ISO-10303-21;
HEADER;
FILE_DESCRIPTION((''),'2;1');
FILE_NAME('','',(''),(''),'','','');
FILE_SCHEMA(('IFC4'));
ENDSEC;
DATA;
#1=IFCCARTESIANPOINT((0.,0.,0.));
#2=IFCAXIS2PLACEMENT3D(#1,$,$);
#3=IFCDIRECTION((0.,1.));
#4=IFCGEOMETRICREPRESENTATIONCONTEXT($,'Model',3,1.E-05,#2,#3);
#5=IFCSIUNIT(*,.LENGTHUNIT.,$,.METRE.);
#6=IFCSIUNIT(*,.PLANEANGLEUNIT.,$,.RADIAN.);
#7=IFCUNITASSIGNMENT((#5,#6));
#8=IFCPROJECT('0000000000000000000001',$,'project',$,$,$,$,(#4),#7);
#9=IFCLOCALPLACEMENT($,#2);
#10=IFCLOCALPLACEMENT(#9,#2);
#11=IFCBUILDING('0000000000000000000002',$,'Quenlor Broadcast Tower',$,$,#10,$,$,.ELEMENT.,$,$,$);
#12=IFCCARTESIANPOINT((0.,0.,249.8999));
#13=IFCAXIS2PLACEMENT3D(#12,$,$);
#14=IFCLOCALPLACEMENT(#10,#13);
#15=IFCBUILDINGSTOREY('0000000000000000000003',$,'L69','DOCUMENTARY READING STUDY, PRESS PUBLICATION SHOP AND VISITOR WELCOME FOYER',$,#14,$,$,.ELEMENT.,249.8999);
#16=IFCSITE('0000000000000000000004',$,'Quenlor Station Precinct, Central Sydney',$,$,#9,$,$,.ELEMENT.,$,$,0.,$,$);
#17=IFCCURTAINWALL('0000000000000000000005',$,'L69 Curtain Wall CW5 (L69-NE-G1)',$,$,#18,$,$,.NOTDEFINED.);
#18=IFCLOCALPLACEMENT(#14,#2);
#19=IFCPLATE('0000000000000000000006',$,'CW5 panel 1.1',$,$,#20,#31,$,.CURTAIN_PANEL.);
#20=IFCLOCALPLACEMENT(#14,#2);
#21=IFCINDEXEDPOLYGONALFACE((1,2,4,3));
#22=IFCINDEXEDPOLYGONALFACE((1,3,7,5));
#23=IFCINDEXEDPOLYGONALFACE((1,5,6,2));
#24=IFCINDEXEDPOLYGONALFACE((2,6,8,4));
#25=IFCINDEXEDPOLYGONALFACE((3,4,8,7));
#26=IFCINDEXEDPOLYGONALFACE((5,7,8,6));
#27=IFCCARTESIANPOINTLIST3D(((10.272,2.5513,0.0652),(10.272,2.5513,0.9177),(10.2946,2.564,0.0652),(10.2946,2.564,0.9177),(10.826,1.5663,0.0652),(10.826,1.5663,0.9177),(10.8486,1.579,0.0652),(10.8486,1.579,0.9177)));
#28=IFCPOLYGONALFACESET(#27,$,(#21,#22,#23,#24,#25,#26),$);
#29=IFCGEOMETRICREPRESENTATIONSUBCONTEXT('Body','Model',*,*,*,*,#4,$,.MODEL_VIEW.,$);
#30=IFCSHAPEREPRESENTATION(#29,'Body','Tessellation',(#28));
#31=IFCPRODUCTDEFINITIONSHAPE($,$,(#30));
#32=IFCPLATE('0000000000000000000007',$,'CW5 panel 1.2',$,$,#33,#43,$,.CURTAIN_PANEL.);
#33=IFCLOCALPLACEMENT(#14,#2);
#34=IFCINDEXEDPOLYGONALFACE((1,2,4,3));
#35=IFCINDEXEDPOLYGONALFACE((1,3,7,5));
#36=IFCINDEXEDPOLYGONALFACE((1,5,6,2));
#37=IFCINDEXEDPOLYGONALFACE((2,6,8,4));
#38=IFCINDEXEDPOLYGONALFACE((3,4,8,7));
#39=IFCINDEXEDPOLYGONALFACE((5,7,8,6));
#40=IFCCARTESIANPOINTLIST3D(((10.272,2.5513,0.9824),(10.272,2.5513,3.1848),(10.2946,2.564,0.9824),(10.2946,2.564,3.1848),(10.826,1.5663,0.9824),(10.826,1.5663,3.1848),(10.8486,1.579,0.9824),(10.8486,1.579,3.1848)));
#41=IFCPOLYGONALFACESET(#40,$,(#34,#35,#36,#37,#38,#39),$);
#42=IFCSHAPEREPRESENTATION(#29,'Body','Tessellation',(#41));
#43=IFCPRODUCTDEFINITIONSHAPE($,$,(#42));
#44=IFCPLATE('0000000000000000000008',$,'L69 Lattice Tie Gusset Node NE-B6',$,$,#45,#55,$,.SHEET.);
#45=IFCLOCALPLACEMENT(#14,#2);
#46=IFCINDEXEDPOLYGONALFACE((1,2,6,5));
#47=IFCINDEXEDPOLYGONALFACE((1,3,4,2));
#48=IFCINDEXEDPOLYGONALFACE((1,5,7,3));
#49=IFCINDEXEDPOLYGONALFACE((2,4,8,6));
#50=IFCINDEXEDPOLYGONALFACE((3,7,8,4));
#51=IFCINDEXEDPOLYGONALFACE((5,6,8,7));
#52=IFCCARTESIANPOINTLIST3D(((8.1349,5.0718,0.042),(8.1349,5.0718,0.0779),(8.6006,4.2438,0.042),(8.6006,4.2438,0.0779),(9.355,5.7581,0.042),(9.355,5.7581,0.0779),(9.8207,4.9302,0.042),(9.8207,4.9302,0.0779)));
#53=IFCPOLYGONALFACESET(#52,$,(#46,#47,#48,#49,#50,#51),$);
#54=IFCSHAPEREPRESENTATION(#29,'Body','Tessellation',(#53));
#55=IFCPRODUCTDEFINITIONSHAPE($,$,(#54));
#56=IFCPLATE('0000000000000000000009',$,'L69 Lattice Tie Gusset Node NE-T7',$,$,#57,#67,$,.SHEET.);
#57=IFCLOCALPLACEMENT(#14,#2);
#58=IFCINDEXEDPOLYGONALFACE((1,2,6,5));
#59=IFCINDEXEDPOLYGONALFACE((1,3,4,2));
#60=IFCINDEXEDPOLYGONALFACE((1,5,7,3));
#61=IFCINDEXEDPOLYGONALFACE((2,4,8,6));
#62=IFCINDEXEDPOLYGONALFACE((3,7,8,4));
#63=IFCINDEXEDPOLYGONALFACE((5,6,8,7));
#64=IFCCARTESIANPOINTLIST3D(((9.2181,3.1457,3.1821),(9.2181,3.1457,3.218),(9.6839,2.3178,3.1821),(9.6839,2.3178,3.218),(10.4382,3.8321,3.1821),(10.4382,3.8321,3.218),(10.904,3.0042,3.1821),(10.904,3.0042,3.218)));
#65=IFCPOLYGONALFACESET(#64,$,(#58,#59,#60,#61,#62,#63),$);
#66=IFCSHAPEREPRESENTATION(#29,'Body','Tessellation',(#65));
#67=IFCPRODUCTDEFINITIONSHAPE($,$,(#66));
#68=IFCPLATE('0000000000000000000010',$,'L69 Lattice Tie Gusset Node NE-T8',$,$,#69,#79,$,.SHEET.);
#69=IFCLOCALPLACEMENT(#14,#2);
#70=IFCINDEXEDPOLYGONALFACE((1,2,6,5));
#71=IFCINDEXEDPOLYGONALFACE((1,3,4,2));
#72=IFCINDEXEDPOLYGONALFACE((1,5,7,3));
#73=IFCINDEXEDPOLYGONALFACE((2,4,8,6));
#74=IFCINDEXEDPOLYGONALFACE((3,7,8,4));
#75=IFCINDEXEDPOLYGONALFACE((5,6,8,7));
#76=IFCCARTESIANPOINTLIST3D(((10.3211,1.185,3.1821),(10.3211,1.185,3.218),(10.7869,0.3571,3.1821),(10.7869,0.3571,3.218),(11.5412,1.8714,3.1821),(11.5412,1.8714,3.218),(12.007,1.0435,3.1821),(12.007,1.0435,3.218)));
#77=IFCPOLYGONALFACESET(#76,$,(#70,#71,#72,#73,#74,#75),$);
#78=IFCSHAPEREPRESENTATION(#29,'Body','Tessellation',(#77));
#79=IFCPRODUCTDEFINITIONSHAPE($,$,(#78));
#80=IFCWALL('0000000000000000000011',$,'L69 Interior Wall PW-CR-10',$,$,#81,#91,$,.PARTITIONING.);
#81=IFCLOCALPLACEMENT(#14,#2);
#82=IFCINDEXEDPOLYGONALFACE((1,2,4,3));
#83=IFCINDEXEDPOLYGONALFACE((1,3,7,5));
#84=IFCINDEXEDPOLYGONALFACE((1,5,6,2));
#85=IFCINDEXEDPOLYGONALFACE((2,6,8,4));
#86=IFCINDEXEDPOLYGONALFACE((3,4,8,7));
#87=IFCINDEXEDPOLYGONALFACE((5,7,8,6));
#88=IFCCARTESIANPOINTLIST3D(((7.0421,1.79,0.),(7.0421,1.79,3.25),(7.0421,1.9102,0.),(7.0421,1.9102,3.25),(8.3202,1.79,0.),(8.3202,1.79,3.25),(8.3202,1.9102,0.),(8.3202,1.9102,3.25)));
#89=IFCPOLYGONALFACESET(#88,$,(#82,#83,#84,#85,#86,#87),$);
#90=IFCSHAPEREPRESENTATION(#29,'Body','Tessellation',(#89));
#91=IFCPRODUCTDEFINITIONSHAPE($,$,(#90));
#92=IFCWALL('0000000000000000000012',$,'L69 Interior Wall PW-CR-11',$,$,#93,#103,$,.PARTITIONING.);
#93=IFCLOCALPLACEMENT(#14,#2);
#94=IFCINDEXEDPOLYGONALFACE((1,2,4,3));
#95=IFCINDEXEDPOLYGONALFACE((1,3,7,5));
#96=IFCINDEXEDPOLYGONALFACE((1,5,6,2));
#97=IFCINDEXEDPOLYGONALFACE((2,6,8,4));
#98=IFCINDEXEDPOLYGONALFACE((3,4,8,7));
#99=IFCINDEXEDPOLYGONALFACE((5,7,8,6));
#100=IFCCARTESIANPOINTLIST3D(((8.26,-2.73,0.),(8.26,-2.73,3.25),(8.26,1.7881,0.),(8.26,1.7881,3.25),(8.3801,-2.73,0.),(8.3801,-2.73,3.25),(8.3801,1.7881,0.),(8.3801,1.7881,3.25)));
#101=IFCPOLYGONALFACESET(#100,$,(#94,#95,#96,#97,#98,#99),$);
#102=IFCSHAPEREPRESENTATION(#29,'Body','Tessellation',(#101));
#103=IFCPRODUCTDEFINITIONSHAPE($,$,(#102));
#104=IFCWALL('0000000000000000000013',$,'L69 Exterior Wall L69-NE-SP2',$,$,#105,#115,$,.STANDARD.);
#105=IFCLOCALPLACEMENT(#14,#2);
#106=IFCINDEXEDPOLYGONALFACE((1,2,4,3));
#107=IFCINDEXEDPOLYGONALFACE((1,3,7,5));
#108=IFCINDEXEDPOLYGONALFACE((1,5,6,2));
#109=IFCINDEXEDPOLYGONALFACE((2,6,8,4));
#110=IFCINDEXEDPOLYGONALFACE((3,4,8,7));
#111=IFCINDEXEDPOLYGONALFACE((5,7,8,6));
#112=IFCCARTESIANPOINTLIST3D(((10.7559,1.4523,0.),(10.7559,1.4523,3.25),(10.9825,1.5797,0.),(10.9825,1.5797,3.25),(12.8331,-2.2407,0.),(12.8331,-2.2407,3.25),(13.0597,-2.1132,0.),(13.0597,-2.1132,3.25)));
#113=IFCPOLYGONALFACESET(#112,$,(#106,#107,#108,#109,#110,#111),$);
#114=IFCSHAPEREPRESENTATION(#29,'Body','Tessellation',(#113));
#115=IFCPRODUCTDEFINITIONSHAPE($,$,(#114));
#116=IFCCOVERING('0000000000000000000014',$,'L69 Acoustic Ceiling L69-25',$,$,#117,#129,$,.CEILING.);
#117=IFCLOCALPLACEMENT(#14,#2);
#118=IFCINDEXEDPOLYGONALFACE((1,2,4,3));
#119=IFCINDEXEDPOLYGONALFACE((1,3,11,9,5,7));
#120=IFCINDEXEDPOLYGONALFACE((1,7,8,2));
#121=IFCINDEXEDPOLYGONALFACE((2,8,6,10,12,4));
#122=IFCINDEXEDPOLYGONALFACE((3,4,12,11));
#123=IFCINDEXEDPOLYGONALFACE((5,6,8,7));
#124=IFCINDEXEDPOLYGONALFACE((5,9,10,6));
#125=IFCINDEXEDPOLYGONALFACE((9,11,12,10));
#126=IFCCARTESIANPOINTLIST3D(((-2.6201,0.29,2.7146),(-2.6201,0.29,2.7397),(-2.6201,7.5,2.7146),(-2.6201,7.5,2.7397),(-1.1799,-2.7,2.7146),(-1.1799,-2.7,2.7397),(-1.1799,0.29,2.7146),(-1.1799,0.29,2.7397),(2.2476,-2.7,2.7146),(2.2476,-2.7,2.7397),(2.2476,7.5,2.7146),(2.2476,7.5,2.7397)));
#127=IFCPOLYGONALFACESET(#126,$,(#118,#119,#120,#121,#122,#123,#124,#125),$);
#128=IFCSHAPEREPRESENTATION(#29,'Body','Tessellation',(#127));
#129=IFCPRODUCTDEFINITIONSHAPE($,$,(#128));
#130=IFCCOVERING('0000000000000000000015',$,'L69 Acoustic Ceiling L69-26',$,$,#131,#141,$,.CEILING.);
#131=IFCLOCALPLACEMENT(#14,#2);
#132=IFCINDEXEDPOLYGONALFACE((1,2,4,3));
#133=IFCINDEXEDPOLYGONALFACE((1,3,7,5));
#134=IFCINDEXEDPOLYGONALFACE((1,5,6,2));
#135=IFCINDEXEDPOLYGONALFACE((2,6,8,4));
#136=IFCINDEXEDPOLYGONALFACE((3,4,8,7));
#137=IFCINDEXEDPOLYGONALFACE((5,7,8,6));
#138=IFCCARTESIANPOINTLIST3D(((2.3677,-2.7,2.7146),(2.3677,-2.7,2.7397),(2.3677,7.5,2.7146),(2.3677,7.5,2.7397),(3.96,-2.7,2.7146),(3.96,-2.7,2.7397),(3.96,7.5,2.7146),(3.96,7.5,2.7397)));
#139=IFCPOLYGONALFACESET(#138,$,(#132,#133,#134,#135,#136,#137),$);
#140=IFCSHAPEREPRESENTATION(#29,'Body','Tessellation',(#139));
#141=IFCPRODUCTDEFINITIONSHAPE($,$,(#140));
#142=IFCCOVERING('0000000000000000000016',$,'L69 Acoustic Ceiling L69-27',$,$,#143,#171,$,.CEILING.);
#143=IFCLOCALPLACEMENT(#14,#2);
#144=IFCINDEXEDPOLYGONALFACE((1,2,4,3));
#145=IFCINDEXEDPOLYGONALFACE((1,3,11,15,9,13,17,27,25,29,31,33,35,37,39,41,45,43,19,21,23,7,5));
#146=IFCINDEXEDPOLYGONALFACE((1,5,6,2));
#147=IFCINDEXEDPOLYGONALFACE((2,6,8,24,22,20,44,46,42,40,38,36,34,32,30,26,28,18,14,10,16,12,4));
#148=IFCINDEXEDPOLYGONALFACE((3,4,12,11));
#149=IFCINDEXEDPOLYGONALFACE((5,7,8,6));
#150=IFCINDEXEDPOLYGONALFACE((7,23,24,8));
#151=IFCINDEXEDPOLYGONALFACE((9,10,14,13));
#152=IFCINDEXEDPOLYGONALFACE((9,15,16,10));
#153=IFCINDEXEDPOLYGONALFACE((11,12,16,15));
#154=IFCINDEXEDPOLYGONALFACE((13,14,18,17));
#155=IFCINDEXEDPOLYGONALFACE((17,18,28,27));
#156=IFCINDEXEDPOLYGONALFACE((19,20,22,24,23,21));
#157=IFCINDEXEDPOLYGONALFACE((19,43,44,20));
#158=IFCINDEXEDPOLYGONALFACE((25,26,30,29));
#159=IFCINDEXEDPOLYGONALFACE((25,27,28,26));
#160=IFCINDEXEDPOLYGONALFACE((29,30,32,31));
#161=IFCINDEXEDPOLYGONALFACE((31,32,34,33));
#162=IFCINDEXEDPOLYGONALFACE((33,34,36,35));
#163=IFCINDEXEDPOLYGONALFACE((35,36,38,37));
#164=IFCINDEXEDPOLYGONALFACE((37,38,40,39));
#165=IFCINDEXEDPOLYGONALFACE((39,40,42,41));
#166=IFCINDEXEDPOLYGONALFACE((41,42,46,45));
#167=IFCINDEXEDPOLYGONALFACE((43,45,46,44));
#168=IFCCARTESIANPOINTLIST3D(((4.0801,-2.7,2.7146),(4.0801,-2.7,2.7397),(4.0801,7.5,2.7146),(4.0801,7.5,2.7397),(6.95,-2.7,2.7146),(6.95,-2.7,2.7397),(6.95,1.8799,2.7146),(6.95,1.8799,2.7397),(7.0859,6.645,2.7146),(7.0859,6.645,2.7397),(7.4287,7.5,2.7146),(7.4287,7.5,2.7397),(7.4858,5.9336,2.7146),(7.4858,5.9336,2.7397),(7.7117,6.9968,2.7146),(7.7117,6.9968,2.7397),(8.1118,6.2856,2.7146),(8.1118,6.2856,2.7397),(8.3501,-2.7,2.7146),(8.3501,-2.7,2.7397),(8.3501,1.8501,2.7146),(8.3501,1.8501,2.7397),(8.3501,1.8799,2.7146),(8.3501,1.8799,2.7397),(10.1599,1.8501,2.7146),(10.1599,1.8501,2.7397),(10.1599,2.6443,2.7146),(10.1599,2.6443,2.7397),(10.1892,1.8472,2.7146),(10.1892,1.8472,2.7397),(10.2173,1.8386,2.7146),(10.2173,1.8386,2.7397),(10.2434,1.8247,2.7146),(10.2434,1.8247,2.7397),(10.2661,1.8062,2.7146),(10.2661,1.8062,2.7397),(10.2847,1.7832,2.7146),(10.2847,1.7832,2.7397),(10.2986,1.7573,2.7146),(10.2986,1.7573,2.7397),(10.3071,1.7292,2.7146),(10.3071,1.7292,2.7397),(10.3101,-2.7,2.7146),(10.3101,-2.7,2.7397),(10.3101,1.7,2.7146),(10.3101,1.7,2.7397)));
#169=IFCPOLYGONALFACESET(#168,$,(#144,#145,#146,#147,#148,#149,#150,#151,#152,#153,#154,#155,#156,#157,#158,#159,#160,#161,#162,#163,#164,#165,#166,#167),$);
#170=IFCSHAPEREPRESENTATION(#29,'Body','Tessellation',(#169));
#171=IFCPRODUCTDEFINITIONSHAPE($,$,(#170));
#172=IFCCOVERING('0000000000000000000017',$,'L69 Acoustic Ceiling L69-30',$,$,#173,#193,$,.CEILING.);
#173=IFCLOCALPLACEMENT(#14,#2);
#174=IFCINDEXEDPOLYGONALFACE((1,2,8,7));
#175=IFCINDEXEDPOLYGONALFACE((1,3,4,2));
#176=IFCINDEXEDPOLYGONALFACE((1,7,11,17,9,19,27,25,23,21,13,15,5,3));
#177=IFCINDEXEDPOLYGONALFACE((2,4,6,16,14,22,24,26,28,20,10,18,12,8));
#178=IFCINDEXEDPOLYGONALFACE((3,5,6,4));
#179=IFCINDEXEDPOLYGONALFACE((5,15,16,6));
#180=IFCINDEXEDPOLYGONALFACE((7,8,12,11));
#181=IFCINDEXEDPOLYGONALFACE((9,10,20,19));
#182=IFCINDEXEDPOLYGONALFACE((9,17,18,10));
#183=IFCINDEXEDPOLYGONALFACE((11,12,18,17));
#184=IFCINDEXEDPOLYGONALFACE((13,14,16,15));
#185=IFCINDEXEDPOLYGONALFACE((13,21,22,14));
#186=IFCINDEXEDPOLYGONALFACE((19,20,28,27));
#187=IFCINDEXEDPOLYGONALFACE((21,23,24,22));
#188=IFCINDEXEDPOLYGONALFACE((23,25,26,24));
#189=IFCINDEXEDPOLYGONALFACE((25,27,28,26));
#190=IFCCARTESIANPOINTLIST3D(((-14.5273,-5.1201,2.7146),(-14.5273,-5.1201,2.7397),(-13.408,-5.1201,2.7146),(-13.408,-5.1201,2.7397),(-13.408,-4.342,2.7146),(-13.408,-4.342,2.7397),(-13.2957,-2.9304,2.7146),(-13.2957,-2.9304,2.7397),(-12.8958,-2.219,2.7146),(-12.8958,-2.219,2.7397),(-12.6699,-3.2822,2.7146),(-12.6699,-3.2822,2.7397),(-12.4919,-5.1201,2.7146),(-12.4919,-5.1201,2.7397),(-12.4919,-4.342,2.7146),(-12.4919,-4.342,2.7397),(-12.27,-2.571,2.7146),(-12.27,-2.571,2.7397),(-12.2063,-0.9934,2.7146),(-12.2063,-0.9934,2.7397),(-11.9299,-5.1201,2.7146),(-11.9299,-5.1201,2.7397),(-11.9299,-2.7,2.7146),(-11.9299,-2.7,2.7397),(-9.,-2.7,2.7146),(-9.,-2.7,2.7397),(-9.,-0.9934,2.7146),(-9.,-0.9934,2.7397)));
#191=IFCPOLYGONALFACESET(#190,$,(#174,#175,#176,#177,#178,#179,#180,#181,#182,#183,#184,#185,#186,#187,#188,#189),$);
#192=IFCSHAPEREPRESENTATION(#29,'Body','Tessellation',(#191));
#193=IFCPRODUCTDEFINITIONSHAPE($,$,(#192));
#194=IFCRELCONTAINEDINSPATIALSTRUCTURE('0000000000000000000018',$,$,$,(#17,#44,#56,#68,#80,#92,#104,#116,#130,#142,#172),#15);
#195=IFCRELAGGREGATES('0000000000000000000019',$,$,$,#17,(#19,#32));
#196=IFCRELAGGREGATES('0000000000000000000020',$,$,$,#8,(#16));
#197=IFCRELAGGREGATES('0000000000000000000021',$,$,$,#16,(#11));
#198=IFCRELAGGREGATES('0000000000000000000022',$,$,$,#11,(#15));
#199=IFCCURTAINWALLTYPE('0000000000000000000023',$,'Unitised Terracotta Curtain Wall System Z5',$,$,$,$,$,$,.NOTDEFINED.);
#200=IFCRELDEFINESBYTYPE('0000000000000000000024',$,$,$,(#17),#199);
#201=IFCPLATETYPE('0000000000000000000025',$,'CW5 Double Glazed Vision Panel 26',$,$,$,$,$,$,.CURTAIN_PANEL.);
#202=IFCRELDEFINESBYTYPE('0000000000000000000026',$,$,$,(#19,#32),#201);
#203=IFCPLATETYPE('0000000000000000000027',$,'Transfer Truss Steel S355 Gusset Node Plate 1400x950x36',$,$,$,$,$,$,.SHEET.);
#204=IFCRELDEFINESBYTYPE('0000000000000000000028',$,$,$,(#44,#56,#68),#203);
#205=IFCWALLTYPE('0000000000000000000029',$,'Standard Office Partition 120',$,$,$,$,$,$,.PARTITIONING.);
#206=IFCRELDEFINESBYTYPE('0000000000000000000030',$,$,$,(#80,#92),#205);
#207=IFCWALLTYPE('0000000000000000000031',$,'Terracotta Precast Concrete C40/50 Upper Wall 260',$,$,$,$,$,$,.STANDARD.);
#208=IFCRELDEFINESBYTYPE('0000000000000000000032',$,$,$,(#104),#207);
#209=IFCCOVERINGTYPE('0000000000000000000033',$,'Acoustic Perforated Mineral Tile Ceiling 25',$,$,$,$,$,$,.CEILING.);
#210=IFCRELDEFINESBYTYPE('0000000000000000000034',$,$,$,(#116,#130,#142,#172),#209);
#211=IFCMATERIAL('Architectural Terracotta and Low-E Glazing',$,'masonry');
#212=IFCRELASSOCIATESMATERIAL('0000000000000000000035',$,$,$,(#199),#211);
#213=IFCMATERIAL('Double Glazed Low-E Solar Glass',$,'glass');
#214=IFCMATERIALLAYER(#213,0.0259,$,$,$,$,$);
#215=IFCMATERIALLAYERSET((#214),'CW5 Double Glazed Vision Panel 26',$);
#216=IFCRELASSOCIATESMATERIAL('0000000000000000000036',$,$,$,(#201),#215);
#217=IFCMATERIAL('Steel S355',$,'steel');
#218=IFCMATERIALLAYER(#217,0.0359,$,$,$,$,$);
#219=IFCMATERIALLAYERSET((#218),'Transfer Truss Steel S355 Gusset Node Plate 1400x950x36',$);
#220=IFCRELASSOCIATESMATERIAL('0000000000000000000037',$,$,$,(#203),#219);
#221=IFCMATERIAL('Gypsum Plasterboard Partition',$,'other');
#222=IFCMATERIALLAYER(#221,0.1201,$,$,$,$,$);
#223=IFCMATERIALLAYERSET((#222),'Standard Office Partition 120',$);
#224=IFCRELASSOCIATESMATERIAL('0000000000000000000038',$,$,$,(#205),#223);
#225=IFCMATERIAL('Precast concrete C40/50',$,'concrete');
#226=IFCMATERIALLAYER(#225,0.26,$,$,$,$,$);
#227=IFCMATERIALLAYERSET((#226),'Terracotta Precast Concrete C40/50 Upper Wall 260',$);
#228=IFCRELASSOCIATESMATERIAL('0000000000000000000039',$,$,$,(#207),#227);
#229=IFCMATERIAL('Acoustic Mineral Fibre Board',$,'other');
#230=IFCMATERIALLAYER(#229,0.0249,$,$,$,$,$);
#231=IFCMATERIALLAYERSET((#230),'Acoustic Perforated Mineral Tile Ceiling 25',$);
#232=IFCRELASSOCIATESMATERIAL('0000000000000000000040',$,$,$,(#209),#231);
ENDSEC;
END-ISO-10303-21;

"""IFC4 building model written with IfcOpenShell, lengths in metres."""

from ifc_helpers import new_model, si_unit, direction, frame, frame_2d, origin, origin_2d, place, context, subcontext, project, spatial, polyline, rectangle, outline, extrude, material, layer, layer_set, type_object, element, aggregate, save


model = new_model("IFC4")

# Units and contexts
model_context = context("Model", 3, precision=1e-05, world=origin(), true_north=direction((0.0, 1.0)))
body_context = subcontext(model_context, "Body", "Model", "MODEL_VIEW")
ifc_project = project(units=[si_unit("LENGTHUNIT", "METRE"), si_unit("PLANEANGLEUNIT", "RADIAN")], contexts=[model_context])

# Site, building, storey
site_placement = place(None, origin())
site = spatial("IfcSite", under=ifc_project, at=site_placement, Name="Quenlor Station Precinct, Central Sydney", CompositionType="ELEMENT", RefElevation=0.0)
building_placement = place(site_placement, origin())
building = spatial("IfcBuilding", under=site, at=building_placement, Name="Quenlor Broadcast Tower", CompositionType="ELEMENT")
storey_placement = place(building_placement, frame((0.0, 0.0, 249.8999)))
storey = spatial("IfcBuildingStorey", under=building, at=storey_placement, Name="L69", Description="DOCUMENTARY READING STUDY, PRESS PUBLICATION SHOP AND VISITOR WELCOME FOYER", CompositionType="ELEMENT", Elevation=249.8999)

# Curtain wall
ifc_material_1 = material(Name="Architectural Terracotta and Low-E Glazing", Category="masonry")
curtain_wall_type = type_object("IfcCurtainWallType", Name="Unitised Terracotta Curtain Wall System Z5", PredefinedType="NOTDEFINED", material=ifc_material_1)
curtain_wall_placement = place(storey_placement, origin())
curtain_wall = element("IfcCurtainWall", 1, at=curtain_wall_placement, inside=storey, type_object=curtain_wall_type, Name="L69 Curtain Wall CW5 (L69-NE-G1)", PredefinedType="NOTDEFINED")

# Plates
ifc_material_2 = material(Name="Double Glazed Low-E Solar Glass", Category="glass")
ifc_layer_1 = layer(ifc_material_2, 0.0259)
ifc_layer_set_1 = layer_set([ifc_layer_1], Name="CW5 Double Glazed Vision Panel 26")
plate_type_1 = type_object("IfcPlateType", Name="CW5 Double Glazed Vision Panel 26", PredefinedType="CURTAIN_PANEL", material=ifc_layer_set_1)
plate_1_placement = place(storey_placement, frame((10.5603, 2.0652, 0.0652), z_axis=(0.0, 0.0, 1.0), x_axis=(0.490231, -0.871592, 0.0)))
plate_1 = element("IfcPlate", 2, at=plate_1_placement, type_object=plate_type_1, Name="CW5 panel 1.1", PredefinedType="CURTAIN_PANEL", context=body_context, shape_type="SweptSolid", body=[
    extrude(rectangle(XDim=1.1301, YDim=0.0259, at=origin_2d()), origin(), (0.0, 0.0, 1.0), 0.8525),
])
plate_2_placement = place(storey_placement, frame((10.5603, 2.0652, 0.9824), z_axis=(0.0, 0.0, 1.0), x_axis=(0.490231, -0.871592, 0.0)))
plate_2 = element("IfcPlate", 3, at=plate_2_placement, type_object=plate_type_1, Name="CW5 panel 1.2", PredefinedType="CURTAIN_PANEL", context=body_context, shape_type="SweptSolid", body=[
    extrude(rectangle(XDim=1.1301, YDim=0.0259, at=origin_2d()), origin(), (0.0, 0.0, 1.0), 2.2024),
])
aggregate(curtain_wall, [plate_1, plate_2])

# Plates
ifc_material_3 = material(Name="Steel S355", Category="steel")
ifc_layer_2 = layer(ifc_material_3, 0.0359)
ifc_layer_set_2 = layer_set([ifc_layer_2], Name="Transfer Truss Steel S355 Gusset Node Plate 1400x950x36")
plate_type_2 = type_object("IfcPlateType", Name="Transfer Truss Steel S355 Gusset Node Plate 1400x950x36", PredefinedType="SHEET", material=ifc_layer_set_2)
for number, where, z_axis, x_axis, name in (
    (4, (8.9778, 5.001, 0.042), (0.0, 0.0, 1.0), (0.871556, 0.490295, 0.0), "L69 Lattice Tie Gusset Node NE-B6"),
    (5, (10.061, 3.075, 3.1821), (0.0, 0.0, 1.0), (0.871556, 0.490295, 0.0), "L69 Lattice Tie Gusset Node NE-T7"),
    (6, (11.1641, 1.1143, 3.1821), (0.0, 0.0, 1.0), (0.871556, 0.490295, 0.0), "L69 Lattice Tie Gusset Node NE-T8"),
):
    element("IfcPlate", number, at=place(storey_placement, frame(where, z_axis=z_axis, x_axis=x_axis)), inside=storey, type_object=plate_type_2, Name=name, PredefinedType="SHEET", context=body_context, shape_type="SweptSolid", body=[
        extrude(rectangle(XDim=1.3999, YDim=0.95, at=origin_2d()), origin(), (0.0, 0.0, 1.0), 0.0359),
    ])

# Walls
ifc_material_4 = material(Name="Gypsum Plasterboard Partition", Category="other")
ifc_layer_3 = layer(ifc_material_4, 0.1201)
ifc_layer_set_3 = layer_set([ifc_layer_3], Name="Standard Office Partition 120")
wall_type_1 = type_object("IfcWallType", Name="Standard Office Partition 120", PredefinedType="PARTITIONING", material=ifc_layer_set_3)
wall_1_placement = place(storey_placement, frame((7.042, 1.8501, 0.0), z_axis=(0.0, 0.0, 1.0), x_axis=(1.0, 0.0, 0.0)))
element("IfcWall", 7, at=wall_1_placement, inside=storey, type_object=wall_type_1, Name="L69 Interior Wall PW-CR-10", PredefinedType="PARTITIONING", context=body_context, shape_type="SweptSolid", body=[
    extrude(rectangle(XDim=1.2781, YDim=0.1201, at=frame_2d((0.6392, 0.0))), origin(), (0.0, 0.0, 1.0), 3.25),
])
wall_2_placement = place(storey_placement, frame((8.3201, 1.7881, 0.0), z_axis=(0.0, 0.0, 1.0), x_axis=(0.0, -1.0, 0.0)))
element("IfcWall", 8, at=wall_2_placement, inside=storey, type_object=wall_type_1, Name="L69 Interior Wall PW-CR-11", PredefinedType="PARTITIONING", context=body_context, shape_type="SweptSolid", body=[
    extrude(rectangle(XDim=4.5181, YDim=0.1201, at=frame_2d((2.259, 0.0))), origin(), (0.0, 0.0, 1.0), 3.25),
])
ifc_material_5 = material(Name="Precast concrete C40/50", Category="concrete")
ifc_layer_4 = layer(ifc_material_5, 0.26)
ifc_layer_set_4 = layer_set([ifc_layer_4], Name="Terracotta Precast Concrete C40/50 Upper Wall 260")
wall_type_2 = type_object("IfcWallType", Name="Terracotta Precast Concrete C40/50 Upper Wall 260", PredefinedType="STANDARD", material=ifc_layer_set_4)
wall_3_placement = place(storey_placement, frame((10.8691, 1.5161, 0.0), z_axis=(0.0, 0.0, 1.0), x_axis=(0.490245, -0.871585, 0.0)))
element("IfcWall", 9, at=wall_3_placement, inside=storey, type_object=wall_type_2, Name="L69 Exterior Wall L69-NE-SP2", PredefinedType="STANDARD", context=body_context, shape_type="SweptSolid", body=[
    extrude(rectangle(XDim=4.2371, YDim=0.26, at=frame_2d((2.1187, 0.0))), origin(), (0.0, 0.0, 1.0), 3.25),
])

# Coverings
ifc_material_6 = material(Name="Acoustic Mineral Fibre Board", Category="other")
ifc_layer_5 = layer(ifc_material_6, 0.0249)
ifc_layer_set_5 = layer_set([ifc_layer_5], Name="Acoustic Perforated Mineral Tile Ceiling 25")
covering_type = type_object("IfcCoveringType", Name="Acoustic Perforated Mineral Tile Ceiling 25", PredefinedType="CEILING", material=ifc_layer_set_5)
covering_1_placement = place(storey_placement, frame((0.0, 0.0, 2.7146)))
element("IfcCovering", 10, at=covering_1_placement, inside=storey, type_object=covering_type, Name="L69 Acoustic Ceiling L69-25", PredefinedType="CEILING", context=body_context, shape_type="SweptSolid", body=[
    extrude(outline(polyline([(2.2476, 7.5), (2.2476, -2.7), (-1.1799, -2.7), (-1.1799, 0.29), (-2.6201, 0.29), (-2.6201, 7.5), (2.2476, 7.5)])), origin(), (0.0, 0.0, 1.0), 0.0251),
])
covering_2_placement = place(storey_placement, frame((0.0, 0.0, 2.7146)))
element("IfcCovering", 11, at=covering_2_placement, inside=storey, type_object=covering_type, Name="L69 Acoustic Ceiling L69-26", PredefinedType="CEILING", context=body_context, shape_type="SweptSolid", body=[
    extrude(outline(polyline([(2.3677, 7.5), (3.96, 7.5), (3.96, -2.7), (2.3677, -2.7), (2.3677, 7.5)])), origin(), (0.0, 0.0, 1.0), 0.0251),
])
covering_3_placement = place(storey_placement, frame((0.0, 0.0, 2.7146)))
element("IfcCovering", 12, at=covering_3_placement, inside=storey, type_object=covering_type, Name="L69 Acoustic Ceiling L69-27", PredefinedType="CEILING", context=body_context, shape_type="SweptSolid", body=[
    extrude(outline(polyline([(4.0801, -2.7), (4.0801, 7.5), (7.4287, 7.5), (7.7117, 6.9968), (7.0859, 6.645), (7.4858, 5.9336), (8.1118, 6.2856), (10.1599, 2.6443), (10.1599, 1.8501), (10.1892, 1.8472), (10.2173, 1.8386), (10.2434, 1.8247), (10.2661, 1.8062), (10.2847, 1.7832), (10.2986, 1.7573), (10.3071, 1.7292), (10.3101, 1.7), (10.3101, -2.7), (8.3501, -2.7), (8.3501, 1.8501), (8.3501, 1.8799), (6.95, 1.8799), (6.95, -2.7), (4.0801, -2.7)])), origin(), (0.0, 0.0, 1.0), 0.0251),
])
covering_4_placement = place(storey_placement, frame((0.0, 0.0, 2.7146)))
element("IfcCovering", 13, at=covering_4_placement, inside=storey, type_object=covering_type, Name="L69 Acoustic Ceiling L69-30", PredefinedType="CEILING", context=body_context, shape_type="SweptSolid", body=[
    extrude(outline(polyline([(-13.2957, -2.9304), (-12.6699, -3.2822), (-12.27, -2.571), (-12.8958, -2.219), (-12.2063, -0.9934), (-9.0, -0.9934), (-9.0, -2.7), (-11.9299, -2.7), (-11.9299, -5.1201), (-12.4919, -5.1201), (-12.4919, -4.342), (-13.408, -4.342), (-13.408, -5.1201), (-14.5273, -5.1201), (-13.2957, -2.9304)])), origin(), (0.0, 0.0, 1.0), 0.0251),
])

save(model, "model.ifc")
